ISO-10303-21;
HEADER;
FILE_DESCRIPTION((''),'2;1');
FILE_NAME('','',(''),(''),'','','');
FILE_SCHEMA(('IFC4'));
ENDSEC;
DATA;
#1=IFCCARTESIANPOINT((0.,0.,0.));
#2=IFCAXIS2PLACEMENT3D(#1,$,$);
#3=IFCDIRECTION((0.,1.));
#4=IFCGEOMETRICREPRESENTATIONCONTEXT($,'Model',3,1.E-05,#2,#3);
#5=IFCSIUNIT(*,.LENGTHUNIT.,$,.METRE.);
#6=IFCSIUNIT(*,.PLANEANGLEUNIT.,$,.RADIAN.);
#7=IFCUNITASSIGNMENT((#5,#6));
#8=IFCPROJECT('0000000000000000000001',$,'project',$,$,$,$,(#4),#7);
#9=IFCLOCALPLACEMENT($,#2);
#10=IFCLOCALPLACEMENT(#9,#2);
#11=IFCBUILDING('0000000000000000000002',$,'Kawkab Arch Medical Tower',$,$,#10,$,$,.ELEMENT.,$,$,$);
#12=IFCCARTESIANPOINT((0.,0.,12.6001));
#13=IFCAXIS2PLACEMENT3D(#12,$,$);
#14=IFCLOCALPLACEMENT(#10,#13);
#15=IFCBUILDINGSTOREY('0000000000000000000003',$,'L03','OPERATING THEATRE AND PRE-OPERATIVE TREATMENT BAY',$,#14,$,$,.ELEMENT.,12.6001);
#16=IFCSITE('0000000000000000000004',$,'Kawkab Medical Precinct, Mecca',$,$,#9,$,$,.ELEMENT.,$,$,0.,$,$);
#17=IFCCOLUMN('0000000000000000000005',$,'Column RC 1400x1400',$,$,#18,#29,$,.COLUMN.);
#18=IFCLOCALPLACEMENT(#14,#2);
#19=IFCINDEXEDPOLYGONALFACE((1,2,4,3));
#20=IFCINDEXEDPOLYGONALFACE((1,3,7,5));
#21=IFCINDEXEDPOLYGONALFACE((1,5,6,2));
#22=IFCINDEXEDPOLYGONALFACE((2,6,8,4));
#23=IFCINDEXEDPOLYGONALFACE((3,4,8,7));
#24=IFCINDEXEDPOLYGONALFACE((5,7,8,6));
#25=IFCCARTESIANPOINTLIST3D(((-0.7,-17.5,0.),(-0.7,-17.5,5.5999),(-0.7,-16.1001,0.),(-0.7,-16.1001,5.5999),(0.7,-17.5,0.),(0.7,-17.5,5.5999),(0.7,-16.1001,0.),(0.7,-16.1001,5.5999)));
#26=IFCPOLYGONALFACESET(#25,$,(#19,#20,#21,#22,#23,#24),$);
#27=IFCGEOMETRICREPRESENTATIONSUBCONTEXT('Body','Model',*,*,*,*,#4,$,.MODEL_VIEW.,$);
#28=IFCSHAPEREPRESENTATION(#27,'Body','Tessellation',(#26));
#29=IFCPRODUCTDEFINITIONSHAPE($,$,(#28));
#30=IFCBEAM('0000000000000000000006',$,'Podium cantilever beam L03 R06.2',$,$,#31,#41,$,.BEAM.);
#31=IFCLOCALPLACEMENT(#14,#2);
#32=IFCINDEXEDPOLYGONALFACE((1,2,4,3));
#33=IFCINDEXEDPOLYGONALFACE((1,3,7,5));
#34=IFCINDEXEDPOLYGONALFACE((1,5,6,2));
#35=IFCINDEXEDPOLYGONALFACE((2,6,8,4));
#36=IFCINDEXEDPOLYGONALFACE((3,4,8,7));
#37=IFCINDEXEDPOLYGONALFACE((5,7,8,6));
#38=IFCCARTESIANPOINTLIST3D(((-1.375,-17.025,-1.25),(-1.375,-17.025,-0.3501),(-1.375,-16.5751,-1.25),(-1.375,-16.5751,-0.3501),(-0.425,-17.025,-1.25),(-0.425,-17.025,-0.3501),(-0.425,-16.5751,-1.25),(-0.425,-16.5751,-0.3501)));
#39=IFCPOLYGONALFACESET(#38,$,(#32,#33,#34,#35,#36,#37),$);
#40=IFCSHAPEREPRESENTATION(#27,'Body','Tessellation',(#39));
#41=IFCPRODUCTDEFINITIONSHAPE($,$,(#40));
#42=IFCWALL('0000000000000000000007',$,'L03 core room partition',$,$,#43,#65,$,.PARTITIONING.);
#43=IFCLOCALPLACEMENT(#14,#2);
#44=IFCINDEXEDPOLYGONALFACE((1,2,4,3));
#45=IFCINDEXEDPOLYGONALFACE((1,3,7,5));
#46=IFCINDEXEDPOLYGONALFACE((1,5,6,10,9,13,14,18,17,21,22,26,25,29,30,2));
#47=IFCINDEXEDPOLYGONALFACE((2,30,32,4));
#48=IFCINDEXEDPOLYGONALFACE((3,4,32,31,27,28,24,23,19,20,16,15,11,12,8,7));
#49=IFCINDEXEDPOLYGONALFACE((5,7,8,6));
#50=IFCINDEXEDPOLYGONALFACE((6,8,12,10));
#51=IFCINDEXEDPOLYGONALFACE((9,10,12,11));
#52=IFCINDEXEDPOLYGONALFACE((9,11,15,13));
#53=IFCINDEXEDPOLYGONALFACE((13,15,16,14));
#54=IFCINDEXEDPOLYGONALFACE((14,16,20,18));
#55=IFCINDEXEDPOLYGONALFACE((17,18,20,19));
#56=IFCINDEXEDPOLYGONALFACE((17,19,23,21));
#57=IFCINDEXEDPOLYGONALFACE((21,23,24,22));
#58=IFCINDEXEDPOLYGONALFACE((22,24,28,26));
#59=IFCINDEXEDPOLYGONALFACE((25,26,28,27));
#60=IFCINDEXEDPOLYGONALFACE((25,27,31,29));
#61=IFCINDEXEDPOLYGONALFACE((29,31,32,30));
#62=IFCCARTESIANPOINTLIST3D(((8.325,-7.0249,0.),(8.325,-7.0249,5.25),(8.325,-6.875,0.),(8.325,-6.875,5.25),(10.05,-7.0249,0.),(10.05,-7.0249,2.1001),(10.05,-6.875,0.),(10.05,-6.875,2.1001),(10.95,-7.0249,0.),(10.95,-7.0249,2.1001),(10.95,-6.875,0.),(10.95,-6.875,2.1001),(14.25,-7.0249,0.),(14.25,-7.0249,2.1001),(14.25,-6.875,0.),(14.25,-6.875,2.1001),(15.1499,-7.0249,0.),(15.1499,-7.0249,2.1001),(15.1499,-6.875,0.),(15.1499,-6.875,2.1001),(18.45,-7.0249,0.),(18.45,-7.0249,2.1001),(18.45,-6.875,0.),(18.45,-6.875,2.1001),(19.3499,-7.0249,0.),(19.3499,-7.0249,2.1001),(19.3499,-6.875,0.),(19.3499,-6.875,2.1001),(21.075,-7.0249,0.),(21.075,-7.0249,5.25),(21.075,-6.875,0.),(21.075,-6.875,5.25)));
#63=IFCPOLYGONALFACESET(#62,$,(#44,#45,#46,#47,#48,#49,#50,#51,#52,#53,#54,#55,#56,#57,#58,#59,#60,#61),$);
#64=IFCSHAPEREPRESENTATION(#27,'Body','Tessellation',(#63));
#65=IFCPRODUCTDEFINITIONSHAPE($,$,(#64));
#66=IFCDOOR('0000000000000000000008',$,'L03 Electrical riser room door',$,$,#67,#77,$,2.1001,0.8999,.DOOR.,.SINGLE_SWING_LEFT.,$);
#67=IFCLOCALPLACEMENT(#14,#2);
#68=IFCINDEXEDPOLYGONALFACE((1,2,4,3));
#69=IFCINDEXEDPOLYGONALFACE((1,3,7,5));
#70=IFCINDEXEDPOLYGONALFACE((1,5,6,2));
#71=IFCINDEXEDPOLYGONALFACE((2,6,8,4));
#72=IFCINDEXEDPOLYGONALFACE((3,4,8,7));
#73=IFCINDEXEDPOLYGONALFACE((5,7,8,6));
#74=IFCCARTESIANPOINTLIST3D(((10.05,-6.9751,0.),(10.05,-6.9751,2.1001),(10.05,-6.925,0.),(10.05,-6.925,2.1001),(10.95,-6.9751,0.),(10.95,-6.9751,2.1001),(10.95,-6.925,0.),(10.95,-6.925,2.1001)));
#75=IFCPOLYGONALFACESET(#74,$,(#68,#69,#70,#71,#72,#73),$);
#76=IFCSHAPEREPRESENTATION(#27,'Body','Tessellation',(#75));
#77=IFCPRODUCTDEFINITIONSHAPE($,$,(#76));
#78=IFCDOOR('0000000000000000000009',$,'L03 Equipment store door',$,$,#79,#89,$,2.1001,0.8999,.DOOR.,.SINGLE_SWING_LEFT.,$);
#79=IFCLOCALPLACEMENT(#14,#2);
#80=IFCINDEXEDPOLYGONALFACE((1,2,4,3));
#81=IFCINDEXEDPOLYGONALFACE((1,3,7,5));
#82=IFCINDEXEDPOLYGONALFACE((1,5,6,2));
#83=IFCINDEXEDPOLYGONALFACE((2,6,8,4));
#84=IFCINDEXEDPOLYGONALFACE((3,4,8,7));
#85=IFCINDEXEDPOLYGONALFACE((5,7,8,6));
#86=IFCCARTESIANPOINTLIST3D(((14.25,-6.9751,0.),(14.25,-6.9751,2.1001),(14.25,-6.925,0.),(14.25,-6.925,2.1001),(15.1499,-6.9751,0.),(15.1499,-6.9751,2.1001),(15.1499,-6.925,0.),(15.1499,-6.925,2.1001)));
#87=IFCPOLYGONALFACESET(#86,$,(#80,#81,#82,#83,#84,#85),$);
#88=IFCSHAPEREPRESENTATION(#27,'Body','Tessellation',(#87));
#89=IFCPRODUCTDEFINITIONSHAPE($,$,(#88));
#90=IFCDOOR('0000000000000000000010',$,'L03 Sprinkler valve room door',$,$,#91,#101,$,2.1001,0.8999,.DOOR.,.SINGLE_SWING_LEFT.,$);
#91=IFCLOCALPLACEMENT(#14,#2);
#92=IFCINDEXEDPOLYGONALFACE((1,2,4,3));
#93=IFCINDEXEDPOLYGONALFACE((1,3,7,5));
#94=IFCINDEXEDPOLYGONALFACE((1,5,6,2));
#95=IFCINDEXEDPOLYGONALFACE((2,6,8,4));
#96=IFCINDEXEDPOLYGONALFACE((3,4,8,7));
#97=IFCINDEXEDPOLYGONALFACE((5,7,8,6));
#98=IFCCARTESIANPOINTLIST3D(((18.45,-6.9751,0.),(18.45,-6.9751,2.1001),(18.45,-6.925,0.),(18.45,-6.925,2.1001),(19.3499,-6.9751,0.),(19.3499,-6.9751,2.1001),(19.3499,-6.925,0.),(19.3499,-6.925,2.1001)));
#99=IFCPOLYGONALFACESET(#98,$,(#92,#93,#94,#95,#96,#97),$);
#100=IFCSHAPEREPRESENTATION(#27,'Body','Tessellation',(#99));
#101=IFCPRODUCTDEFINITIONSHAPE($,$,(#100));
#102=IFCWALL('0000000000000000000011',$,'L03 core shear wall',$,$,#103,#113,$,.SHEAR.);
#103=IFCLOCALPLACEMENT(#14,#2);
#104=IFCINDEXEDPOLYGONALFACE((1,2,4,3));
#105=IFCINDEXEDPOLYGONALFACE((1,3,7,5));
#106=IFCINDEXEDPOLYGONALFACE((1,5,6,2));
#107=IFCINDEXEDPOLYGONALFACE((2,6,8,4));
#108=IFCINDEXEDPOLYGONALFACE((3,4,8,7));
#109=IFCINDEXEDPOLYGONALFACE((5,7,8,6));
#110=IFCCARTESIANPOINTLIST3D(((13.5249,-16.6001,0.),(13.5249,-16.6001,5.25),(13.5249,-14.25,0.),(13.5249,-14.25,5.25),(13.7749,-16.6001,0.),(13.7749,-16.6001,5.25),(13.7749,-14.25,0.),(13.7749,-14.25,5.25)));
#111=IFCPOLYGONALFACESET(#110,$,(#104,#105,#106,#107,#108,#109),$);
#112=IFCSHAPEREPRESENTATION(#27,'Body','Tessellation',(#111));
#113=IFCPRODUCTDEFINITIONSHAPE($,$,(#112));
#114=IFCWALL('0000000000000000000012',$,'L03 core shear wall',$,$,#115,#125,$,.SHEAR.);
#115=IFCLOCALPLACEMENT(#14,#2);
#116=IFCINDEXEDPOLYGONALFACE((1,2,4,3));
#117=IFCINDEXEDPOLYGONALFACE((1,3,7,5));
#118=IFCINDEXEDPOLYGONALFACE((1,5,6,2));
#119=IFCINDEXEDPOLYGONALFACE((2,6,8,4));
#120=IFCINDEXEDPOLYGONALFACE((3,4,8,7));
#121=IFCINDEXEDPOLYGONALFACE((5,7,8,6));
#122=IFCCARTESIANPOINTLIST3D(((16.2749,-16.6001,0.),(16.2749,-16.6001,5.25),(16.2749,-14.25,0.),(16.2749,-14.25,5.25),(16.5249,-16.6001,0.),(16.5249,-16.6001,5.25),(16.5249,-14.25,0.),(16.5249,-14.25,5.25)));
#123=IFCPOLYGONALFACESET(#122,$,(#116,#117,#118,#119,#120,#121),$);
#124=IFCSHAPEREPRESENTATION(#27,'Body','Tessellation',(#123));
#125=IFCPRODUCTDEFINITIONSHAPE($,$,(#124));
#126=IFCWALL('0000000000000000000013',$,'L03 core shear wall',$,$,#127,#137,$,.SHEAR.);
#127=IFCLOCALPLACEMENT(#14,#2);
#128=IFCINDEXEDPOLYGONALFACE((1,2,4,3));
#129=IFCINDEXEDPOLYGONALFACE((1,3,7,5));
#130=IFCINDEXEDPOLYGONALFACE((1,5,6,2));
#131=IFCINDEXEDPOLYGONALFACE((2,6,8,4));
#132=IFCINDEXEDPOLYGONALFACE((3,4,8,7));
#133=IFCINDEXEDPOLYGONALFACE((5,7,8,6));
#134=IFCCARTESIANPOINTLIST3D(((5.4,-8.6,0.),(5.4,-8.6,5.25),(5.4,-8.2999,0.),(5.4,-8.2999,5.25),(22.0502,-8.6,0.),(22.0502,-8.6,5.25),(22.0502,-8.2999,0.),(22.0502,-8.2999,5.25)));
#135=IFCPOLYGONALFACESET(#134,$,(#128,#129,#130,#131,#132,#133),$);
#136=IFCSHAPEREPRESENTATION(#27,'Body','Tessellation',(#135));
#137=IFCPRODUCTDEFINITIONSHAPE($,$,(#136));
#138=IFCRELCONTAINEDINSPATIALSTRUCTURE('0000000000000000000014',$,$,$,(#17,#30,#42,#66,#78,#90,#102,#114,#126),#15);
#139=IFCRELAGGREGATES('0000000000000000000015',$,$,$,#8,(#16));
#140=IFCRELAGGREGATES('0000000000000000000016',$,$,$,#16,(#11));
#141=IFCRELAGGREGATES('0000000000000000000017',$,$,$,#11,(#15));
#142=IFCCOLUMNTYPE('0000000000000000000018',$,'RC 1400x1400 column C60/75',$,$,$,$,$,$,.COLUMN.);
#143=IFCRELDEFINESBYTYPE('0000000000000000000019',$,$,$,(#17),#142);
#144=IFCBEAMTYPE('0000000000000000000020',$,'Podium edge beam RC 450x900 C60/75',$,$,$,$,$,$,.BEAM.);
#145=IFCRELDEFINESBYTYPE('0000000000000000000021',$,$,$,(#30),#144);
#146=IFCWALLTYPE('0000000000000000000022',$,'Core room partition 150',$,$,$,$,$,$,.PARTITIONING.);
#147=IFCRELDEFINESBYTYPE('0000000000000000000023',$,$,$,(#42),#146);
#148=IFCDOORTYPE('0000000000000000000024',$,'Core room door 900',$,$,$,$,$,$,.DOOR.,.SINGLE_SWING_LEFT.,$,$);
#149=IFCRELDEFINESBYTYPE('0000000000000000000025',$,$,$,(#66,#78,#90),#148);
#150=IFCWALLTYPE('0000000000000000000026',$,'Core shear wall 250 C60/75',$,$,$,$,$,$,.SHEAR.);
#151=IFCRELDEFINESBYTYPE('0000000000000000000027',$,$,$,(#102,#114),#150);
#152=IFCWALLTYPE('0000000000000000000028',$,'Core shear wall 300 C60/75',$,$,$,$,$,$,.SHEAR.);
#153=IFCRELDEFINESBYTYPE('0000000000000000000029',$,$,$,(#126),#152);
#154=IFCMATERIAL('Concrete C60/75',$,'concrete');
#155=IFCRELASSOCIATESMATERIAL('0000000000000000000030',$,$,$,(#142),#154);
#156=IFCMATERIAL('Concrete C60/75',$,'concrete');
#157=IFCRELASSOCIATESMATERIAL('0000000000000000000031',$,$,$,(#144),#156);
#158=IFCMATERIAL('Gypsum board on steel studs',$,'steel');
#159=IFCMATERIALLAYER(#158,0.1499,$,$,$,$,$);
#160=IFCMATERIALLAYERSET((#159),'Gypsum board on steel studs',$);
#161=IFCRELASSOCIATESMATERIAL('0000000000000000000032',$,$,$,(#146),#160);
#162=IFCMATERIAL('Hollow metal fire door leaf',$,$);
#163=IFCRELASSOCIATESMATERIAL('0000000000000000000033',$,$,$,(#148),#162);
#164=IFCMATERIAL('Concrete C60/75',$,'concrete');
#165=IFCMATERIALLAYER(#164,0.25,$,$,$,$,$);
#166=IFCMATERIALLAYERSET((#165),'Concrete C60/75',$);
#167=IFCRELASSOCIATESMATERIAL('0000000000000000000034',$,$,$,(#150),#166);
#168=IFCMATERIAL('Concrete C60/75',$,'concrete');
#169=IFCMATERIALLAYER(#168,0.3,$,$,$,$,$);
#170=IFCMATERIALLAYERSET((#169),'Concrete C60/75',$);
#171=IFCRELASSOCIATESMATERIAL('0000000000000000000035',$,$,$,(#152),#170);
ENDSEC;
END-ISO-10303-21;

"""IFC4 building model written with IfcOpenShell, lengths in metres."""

from ifc_helpers import new_model, si_unit, direction, frame, frame_2d, origin, origin_2d, place, context, subcontext, project, spatial, rectangle, extrude, material, layer, layer_set, material_profile, profile_set, type_object, element, fill, save


model = new_model("IFC4")

# Units and contexts
model_context = context("Model", 3, precision=1e-05, world=origin(), true_north=direction((0.0, 1.0)))
body_context = subcontext(model_context, "Body", "Model", "MODEL_VIEW")
ifc_project = project(units=[si_unit("LENGTHUNIT", "METRE"), si_unit("PLANEANGLEUNIT", "RADIAN")], contexts=[model_context])

# Site, building, storey
site_placement = place(None, origin())
site = spatial("IfcSite", under=ifc_project, at=site_placement, Name="Kawkab Medical Precinct, Mecca", CompositionType="ELEMENT", RefElevation=0.0)
building_placement = place(site_placement, origin())
building = spatial("IfcBuilding", under=site, at=building_placement, Name="Kawkab Arch Medical Tower", CompositionType="ELEMENT")
storey_placement = place(building_placement, frame((0.0, 0.0, 12.6001)))
storey = spatial("IfcBuildingStorey", under=building, at=storey_placement, Name="L03", Description="OPERATING THEATRE AND PRE-OPERATIVE TREATMENT BAY", CompositionType="ELEMENT", Elevation=12.6001)

# Column
ifc_material_1 = material(Name="Concrete C60/75", Category="concrete")
ifc_material_profile_1 = material_profile(ifc_material_1, rectangle(XDim=1.3999, YDim=1.3999, at=origin_2d()), Name="RC 1400x1400")
ifc_profile_set_1 = profile_set([ifc_material_profile_1], Name="Concrete C60/75")
column_type = type_object("IfcColumnType", Name="RC 1400x1400 column C60/75", PredefinedType="COLUMN", material=ifc_profile_set_1)
column_placement = place(storey_placement, frame((0.0, -16.8, 0.0), z_axis=(0.0, 0.0, 1.0), x_axis=(1.0, 0.0, 0.0)))
element("IfcColumn", 1, at=column_placement, inside=storey, type_object=column_type, Name="Column RC 1400x1400", PredefinedType="COLUMN", context=body_context, shape_type="SweptSolid", body=[
    extrude(rectangle(XDim=1.3999, YDim=1.3999, at=origin_2d()), origin(), (0.0, 0.0, 1.0), 5.5999),
])

# Beam
ifc_material_2 = material(Name="Concrete C60/75", Category="concrete")
ifc_material_profile_2 = material_profile(ifc_material_2, rectangle(XDim=0.45, YDim=0.8999, at=origin_2d()), Name="RC 450x900")
ifc_profile_set_2 = profile_set([ifc_material_profile_2], Name="Concrete C60/75")
beam_type = type_object("IfcBeamType", Name="Podium edge beam RC 450x900 C60/75", PredefinedType="BEAM", material=ifc_profile_set_2)
beam_placement = place(storey_placement, frame((-0.425, -16.8, -0.8), z_axis=(-1.0, 0.0, 0.0), x_axis=(0.0, -1.0, 0.0)))
element("IfcBeam", 2, at=beam_placement, inside=storey, type_object=beam_type, Name="Podium cantilever beam L03 R06.2", PredefinedType="BEAM", context=body_context, shape_type="SweptSolid", body=[
    extrude(rectangle(XDim=0.45, YDim=0.8999, at=origin_2d()), origin(), (0.0, 0.0, 1.0), 0.95),
])

# Wall, openings, doors
ifc_material_3 = material(Name="Gypsum board on steel studs", Category="steel")
ifc_layer_1 = layer(ifc_material_3, 0.1499)
ifc_layer_set_1 = layer_set([ifc_layer_1], Name="Gypsum board on steel studs")
wall_type_1 = type_object("IfcWallType", Name="Core room partition 150", PredefinedType="PARTITIONING", material=ifc_layer_set_1)
wall_1_placement = place(storey_placement, frame((8.325, -6.95, 0.0), z_axis=(0.0, 0.0, 1.0), x_axis=(1.0, 0.0, 0.0)))
wall_1 = element("IfcWall", 3, at=wall_1_placement, inside=storey, type_object=wall_type_1, Name="L03 core room partition", PredefinedType="PARTITIONING", context=body_context, shape_type="SweptSolid", body=[
    extrude(rectangle(XDim=12.75, YDim=0.1499, at=frame_2d((6.375, 0.0))), origin(), (0.0, 0.0, 1.0), 5.25),
])
opening_1_placement = place(wall_1_placement, frame((1.7251, 0.0, 0.0)))
opening_1 = element("IfcOpeningElement", 4, at=opening_1_placement, cuts=wall_1, PredefinedType="OPENING", context=body_context, shape_type="SweptSolid", body=[
    extrude(rectangle(XDim=0.8999, YDim=2.1001, at=frame_2d((0.45, 1.05))), frame((0.0, 0.085, 0.0), z_axis=(0.0, -1.0, 0.0), x_axis=(1.0, 0.0, 0.0)), (0.0, 0.0, 1.0), 0.1699),
])
opening_2_placement = place(wall_1_placement, frame((5.925, 0.0, 0.0)))
opening_2 = element("IfcOpeningElement", 5, at=opening_2_placement, cuts=wall_1, PredefinedType="OPENING", context=body_context, shape_type="SweptSolid", body=[
    extrude(rectangle(XDim=0.8999, YDim=2.1001, at=frame_2d((0.45, 1.05))), frame((0.0, 0.085, 0.0), z_axis=(0.0, -1.0, 0.0), x_axis=(1.0, 0.0, 0.0)), (0.0, 0.0, 1.0), 0.1699),
])
opening_3_placement = place(wall_1_placement, frame((10.125, 0.0, 0.0)))
opening_3 = element("IfcOpeningElement", 6, at=opening_3_placement, cuts=wall_1, PredefinedType="OPENING", context=body_context, shape_type="SweptSolid", body=[
    extrude(rectangle(XDim=0.8999, YDim=2.1001, at=frame_2d((0.45, 1.05))), frame((0.0, 0.085, 0.0), z_axis=(0.0, -1.0, 0.0), x_axis=(1.0, 0.0, 0.0)), (0.0, 0.0, 1.0), 0.1699),
])
ifc_material_4 = material(Name="Hollow metal fire door leaf")
door_type_1 = type_object("IfcDoorType", Name="Core room door 900", OperationType="SINGLE_SWING_LEFT", PredefinedType="DOOR", material=ifc_material_4)
door_1_placement = place(opening_1_placement, origin())
door_1 = element("IfcDoor", 7, at=door_1_placement, inside=storey, type_object=door_type_1, Name="L03 Electrical riser room door", OperationType="SINGLE_SWING_LEFT", OverallHeight=2.1001, OverallWidth=0.8999, PredefinedType="DOOR", context=body_context, shape_type="SweptSolid", body=[
    extrude(rectangle(XDim=0.8999, YDim=2.1001, at=frame_2d((0.45, 1.05))), frame((0.0, 0.0249, 0.0), z_axis=(0.0, -1.0, 0.0), x_axis=(1.0, 0.0, 0.0)), (0.0, 0.0, 1.0), 0.05),
])
fill(opening_1, door_1)
door_2_placement = place(opening_2_placement, origin())
door_2 = element("IfcDoor", 8, at=door_2_placement, inside=storey, type_object=door_type_1, Name="L03 Equipment store door", OperationType="SINGLE_SWING_LEFT", OverallHeight=2.1001, OverallWidth=0.8999, PredefinedType="DOOR", context=body_context, shape_type="SweptSolid", body=[
    extrude(rectangle(XDim=0.8999, YDim=2.1001, at=frame_2d((0.45, 1.05))), frame((0.0, 0.0249, 0.0), z_axis=(0.0, -1.0, 0.0), x_axis=(1.0, 0.0, 0.0)), (0.0, 0.0, 1.0), 0.05),
])
fill(opening_2, door_2)
door_3_placement = place(opening_3_placement, origin())
door_3 = element("IfcDoor", 9, at=door_3_placement, inside=storey, type_object=door_type_1, Name="L03 Sprinkler valve room door", OperationType="SINGLE_SWING_LEFT", OverallHeight=2.1001, OverallWidth=0.8999, PredefinedType="DOOR", context=body_context, shape_type="SweptSolid", body=[
    extrude(rectangle(XDim=0.8999, YDim=2.1001, at=frame_2d((0.45, 1.05))), frame((0.0, 0.0249, 0.0), z_axis=(0.0, -1.0, 0.0), x_axis=(1.0, 0.0, 0.0)), (0.0, 0.0, 1.0), 0.05),
])
fill(opening_3, door_3)

# Walls
ifc_material_5 = material(Name="Concrete C60/75", Category="concrete")
ifc_layer_2 = layer(ifc_material_5, 0.25)
ifc_layer_set_2 = layer_set([ifc_layer_2], Name="Concrete C60/75")
wall_type_2 = type_object("IfcWallType", Name="Core shear wall 250 C60/75", PredefinedType="SHEAR", material=ifc_layer_set_2)
for number, where, z_axis, x_axis, name in (
    (10, (13.6499, -16.6001, 0.0), (0.0, 0.0, 1.0), (0.0, 1.0, 0.0), "L03 core shear wall"),
    (11, (16.3999, -16.6001, 0.0), (0.0, 0.0, 1.0), (0.0, 1.0, 0.0), "L03 core shear wall"),
):
    element("IfcWall", number, at=place(storey_placement, frame(where, z_axis=z_axis, x_axis=x_axis)), inside=storey, type_object=wall_type_2, Name=name, PredefinedType="SHEAR", context=body_context, shape_type="SweptSolid", body=[
        extrude(rectangle(XDim=2.3501, YDim=0.25, at=frame_2d((1.175, 0.0))), origin(), (0.0, 0.0, 1.0), 5.25),
    ])
ifc_material_6 = material(Name="Concrete C60/75", Category="concrete")
ifc_layer_3 = layer(ifc_material_6, 0.3)
ifc_layer_set_3 = layer_set([ifc_layer_3], Name="Concrete C60/75")
wall_type_3 = type_object("IfcWallType", Name="Core shear wall 300 C60/75", PredefinedType="SHEAR", material=ifc_layer_set_3)
wall_2_placement = place(storey_placement, frame((5.3999, -8.45, 0.0), z_axis=(0.0, 0.0, 1.0), x_axis=(1.0, 0.0, 0.0)))
element("IfcWall", 12, at=wall_2_placement, inside=storey, type_object=wall_type_3, Name="L03 core shear wall", PredefinedType="SHEAR", context=body_context, shape_type="SweptSolid", body=[
    extrude(rectangle(XDim=16.6501, YDim=0.3, at=frame_2d((8.3252, 0.0))), origin(), (0.0, 0.0, 1.0), 5.25),
])

save(model, "model.ifc")
